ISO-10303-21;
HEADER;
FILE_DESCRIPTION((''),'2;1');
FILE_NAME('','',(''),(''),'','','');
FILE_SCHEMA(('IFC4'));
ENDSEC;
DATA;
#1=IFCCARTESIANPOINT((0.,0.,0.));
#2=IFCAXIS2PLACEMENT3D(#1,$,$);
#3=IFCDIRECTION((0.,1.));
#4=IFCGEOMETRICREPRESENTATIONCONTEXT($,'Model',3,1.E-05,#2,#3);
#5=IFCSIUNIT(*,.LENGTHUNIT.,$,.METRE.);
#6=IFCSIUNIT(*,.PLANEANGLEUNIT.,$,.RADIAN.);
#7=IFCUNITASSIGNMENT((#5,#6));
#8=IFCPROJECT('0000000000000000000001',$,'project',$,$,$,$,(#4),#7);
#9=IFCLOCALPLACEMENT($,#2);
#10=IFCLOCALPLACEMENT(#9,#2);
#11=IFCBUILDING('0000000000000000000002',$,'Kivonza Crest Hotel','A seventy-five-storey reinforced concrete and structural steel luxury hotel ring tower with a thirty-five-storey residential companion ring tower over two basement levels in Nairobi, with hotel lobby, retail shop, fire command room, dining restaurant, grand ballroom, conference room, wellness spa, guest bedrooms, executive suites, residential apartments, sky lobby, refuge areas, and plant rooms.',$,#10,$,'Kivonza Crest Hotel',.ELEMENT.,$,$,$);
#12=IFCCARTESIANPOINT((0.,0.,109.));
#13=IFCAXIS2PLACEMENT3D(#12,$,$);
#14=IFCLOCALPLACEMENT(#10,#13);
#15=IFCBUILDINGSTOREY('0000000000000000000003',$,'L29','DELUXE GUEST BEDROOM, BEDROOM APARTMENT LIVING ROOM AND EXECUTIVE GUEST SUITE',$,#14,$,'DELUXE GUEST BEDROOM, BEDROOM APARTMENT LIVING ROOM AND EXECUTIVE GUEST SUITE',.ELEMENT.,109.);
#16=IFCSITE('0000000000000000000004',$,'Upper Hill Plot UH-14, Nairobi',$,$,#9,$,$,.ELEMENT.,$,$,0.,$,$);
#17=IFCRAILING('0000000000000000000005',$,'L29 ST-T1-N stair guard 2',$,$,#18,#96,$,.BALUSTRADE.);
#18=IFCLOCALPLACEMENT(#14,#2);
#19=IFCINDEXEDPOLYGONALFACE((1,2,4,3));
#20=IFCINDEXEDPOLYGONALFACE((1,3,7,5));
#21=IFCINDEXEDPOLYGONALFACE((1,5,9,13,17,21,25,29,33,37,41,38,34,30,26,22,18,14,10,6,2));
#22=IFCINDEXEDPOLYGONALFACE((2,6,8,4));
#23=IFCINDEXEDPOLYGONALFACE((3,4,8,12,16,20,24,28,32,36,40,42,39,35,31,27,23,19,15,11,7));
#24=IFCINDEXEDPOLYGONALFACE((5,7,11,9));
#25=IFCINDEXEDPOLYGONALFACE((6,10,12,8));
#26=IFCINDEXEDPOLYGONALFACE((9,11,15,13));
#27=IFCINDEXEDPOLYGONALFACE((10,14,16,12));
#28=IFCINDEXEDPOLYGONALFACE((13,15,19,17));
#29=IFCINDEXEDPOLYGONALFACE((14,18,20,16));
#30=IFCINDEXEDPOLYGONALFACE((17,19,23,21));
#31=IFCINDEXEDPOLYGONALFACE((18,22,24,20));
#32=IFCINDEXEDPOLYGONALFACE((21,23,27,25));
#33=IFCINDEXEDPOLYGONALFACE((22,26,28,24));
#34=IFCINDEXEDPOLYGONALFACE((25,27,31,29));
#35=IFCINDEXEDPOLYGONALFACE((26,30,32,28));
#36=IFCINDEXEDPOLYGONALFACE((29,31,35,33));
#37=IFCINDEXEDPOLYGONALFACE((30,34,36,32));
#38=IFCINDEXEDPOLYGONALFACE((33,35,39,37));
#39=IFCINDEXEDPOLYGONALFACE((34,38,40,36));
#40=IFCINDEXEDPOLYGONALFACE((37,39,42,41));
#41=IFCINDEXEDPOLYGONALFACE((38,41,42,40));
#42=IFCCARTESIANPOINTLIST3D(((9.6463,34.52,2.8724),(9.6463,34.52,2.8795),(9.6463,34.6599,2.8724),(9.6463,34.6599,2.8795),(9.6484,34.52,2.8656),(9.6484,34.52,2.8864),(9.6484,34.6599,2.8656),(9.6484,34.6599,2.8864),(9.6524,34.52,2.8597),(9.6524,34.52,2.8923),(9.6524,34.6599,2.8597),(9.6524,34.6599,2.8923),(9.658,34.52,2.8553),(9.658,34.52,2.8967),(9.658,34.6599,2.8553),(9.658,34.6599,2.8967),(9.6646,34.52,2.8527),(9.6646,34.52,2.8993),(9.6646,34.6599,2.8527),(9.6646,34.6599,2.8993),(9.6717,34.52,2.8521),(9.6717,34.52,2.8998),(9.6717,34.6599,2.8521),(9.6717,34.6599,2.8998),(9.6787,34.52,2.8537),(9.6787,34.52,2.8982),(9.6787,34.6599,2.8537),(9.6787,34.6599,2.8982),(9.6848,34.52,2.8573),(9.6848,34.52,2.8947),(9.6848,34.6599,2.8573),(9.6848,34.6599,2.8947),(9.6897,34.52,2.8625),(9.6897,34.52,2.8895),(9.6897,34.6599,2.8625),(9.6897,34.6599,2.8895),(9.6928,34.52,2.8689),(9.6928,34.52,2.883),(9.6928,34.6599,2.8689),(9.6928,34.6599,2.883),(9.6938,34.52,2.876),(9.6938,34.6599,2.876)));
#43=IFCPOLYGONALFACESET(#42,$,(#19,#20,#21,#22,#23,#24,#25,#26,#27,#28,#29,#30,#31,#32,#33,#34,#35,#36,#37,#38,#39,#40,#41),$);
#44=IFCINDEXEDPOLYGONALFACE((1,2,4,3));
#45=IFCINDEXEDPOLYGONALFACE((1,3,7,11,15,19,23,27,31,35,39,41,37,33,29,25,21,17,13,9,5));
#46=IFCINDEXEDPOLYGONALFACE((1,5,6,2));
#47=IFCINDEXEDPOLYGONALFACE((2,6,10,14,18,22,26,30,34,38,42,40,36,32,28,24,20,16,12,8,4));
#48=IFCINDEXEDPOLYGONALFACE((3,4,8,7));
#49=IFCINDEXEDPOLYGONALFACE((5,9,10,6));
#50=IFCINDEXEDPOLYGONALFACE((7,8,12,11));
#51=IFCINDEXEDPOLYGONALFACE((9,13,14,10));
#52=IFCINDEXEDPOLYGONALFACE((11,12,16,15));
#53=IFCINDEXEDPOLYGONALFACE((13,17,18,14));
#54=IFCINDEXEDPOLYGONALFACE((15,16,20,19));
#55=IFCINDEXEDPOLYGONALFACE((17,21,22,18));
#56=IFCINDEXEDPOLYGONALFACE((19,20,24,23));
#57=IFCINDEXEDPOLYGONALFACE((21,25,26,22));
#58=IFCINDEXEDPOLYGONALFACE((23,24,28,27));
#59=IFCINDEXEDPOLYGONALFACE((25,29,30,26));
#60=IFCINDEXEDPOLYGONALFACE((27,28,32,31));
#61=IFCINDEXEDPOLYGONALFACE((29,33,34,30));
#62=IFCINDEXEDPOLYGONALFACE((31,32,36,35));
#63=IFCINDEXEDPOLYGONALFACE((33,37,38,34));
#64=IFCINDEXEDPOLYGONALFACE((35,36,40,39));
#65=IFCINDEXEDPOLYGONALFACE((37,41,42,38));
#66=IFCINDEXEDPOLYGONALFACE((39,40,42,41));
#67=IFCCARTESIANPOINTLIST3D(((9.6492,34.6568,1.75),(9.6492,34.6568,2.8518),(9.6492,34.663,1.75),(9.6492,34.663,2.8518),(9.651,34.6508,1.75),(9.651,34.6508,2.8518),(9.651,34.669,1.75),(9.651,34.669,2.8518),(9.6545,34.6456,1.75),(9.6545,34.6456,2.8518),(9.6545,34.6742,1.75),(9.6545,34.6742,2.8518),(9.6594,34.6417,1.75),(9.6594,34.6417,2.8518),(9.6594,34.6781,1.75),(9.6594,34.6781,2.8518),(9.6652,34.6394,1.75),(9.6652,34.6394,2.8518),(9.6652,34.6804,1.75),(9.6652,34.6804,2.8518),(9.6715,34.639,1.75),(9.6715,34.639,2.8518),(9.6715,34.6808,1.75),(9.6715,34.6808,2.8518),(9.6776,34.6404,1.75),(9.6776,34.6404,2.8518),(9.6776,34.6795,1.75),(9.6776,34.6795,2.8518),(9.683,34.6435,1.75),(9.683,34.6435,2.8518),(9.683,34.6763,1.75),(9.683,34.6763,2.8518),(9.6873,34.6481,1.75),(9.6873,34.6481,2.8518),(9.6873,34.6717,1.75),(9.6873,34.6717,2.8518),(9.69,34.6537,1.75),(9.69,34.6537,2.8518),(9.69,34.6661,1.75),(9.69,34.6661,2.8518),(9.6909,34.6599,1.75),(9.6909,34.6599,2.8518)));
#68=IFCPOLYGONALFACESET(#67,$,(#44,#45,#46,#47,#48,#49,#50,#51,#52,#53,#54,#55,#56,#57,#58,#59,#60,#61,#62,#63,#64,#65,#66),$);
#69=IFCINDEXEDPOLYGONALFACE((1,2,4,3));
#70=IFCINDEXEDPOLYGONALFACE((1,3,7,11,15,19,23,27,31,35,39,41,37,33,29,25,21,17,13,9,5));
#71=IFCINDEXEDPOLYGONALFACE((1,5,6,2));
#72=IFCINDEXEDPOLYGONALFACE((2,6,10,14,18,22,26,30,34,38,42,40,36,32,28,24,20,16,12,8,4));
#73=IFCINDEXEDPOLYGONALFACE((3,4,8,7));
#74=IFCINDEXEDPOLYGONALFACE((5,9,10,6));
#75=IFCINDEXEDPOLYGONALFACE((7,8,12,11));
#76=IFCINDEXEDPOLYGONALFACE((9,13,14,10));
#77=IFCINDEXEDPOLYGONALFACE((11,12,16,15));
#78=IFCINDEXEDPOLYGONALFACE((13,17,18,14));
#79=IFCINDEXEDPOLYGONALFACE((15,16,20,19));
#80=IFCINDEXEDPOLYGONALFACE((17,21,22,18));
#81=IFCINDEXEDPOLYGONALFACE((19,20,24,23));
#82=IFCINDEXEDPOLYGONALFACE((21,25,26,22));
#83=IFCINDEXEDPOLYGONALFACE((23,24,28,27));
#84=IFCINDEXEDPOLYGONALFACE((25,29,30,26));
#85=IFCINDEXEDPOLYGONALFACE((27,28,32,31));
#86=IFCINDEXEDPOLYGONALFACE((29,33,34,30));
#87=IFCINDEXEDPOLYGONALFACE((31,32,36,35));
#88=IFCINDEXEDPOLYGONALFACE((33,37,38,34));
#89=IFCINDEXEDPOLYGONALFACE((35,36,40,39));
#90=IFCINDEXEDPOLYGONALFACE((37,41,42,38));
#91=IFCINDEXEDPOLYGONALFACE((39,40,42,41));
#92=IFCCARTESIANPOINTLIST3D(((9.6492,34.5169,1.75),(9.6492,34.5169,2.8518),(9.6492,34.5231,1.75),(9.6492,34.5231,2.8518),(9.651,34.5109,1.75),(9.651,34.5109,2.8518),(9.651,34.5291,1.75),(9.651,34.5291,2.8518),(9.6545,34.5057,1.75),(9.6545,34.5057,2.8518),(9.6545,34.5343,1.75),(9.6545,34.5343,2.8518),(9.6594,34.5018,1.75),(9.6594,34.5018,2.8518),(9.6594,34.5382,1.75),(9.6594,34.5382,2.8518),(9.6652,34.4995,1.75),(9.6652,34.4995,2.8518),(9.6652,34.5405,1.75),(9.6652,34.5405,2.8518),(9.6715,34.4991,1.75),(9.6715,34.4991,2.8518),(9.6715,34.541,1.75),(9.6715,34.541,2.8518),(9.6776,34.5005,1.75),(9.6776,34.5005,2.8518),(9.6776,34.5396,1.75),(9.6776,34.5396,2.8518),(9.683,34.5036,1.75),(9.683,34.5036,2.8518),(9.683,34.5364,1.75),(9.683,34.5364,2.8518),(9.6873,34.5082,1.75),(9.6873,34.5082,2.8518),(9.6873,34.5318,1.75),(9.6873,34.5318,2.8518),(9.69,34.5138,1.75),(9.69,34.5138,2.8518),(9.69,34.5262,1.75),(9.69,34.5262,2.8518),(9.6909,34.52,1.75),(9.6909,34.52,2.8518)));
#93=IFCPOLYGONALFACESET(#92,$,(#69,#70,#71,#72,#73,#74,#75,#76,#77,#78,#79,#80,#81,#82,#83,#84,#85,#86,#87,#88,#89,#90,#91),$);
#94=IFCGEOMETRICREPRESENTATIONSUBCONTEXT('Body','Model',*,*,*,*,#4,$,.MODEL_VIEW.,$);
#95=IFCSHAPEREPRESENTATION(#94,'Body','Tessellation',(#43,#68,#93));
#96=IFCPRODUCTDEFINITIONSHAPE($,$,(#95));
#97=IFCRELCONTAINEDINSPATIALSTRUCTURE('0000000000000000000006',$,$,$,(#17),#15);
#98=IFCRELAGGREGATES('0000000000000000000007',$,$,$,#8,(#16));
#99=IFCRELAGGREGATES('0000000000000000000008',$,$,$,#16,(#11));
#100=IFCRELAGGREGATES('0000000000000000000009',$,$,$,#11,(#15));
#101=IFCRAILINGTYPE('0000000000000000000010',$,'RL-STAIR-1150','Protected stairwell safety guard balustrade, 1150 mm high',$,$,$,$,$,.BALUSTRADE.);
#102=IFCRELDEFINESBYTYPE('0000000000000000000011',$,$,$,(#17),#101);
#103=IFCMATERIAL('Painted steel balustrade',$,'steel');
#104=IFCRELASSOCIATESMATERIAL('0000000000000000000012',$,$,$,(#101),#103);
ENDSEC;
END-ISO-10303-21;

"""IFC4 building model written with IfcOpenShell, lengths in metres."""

from ifc_helpers import new_model, si_unit, direction, frame, origin, origin_2d, place, context, subcontext, project, spatial, circle, extrude, material, type_object, element, save


model = new_model("IFC4")

# Units and contexts
model_context = context("Model", 3, precision=1e-05, world=origin(), true_north=direction((0.0, 1.0)))
body_context = subcontext(model_context, "Body", "Model", "MODEL_VIEW")
ifc_project = project(units=[si_unit("LENGTHUNIT", "METRE"), si_unit("PLANEANGLEUNIT", "RADIAN")], contexts=[model_context])

# Site, building, storey
site_placement = place(None, origin())
site = spatial("IfcSite", under=ifc_project, at=site_placement, Name="Upper Hill Plot UH-14, Nairobi", CompositionType="ELEMENT", RefElevation=0.0)
building_placement = place(site_placement, origin())
building = spatial("IfcBuilding", under=site, at=building_placement, Name="Kivonza Crest Hotel", Description="A seventy-five-storey reinforced concrete and structural steel luxury hotel ring tower with a thirty-five-storey residential companion ring tower over two basement levels in Nairobi, with hotel lobby, retail shop, fire command room, dining restaurant, grand ballroom, conference room, wellness spa, guest bedrooms, executive suites, residential apartments, sky lobby, refuge areas, and plant rooms.", LongName="Kivonza Crest Hotel", CompositionType="ELEMENT")
storey_placement = place(building_placement, frame((0.0, 0.0, 109.0)))
storey = spatial("IfcBuildingStorey", under=building, at=storey_placement, Name="L29", Description="DELUXE GUEST BEDROOM, BEDROOM APARTMENT LIVING ROOM AND EXECUTIVE GUEST SUITE", LongName="DELUXE GUEST BEDROOM, BEDROOM APARTMENT LIVING ROOM AND EXECUTIVE GUEST SUITE", CompositionType="ELEMENT", Elevation=109.0)

# Railing
ifc_material_1 = material(Name="Painted steel balustrade", Category="steel")
railing_type_1 = type_object("IfcRailingType", Name="RL-STAIR-1150", Description="Protected stairwell safety guard balustrade, 1150 mm high", PredefinedType="BALUSTRADE", material=ifc_material_1)
railing_1_placement = place(storey_placement, frame((9.6699, 34.6599, 1.75)))
element("IfcRailing", 1, at=railing_1_placement, inside=storey, type_object=railing_type_1, Name="L29 ST-T1-N stair guard 2", PredefinedType="BALUSTRADE", context=body_context, shape_type="SweptSolid", body=[
    extrude(circle(Radius=0.0239, at=origin_2d()), frame((0.0, 0.0, 1.126), z_axis=(0.0, -1.0, 0.0), x_axis=(1.0, 0.0, 0.0)), (0.0, 0.0, 1.0), 0.1399),
    extrude(circle(Radius=0.021, at=origin_2d()), origin(), (0.0, 0.0, 1.0), 1.1018),
    extrude(circle(Radius=0.021, at=origin_2d()), frame((0.0, -0.1399, 0.0)), (0.0, 0.0, 1.0), 1.1018),
])

save(model, "model.ifc")
